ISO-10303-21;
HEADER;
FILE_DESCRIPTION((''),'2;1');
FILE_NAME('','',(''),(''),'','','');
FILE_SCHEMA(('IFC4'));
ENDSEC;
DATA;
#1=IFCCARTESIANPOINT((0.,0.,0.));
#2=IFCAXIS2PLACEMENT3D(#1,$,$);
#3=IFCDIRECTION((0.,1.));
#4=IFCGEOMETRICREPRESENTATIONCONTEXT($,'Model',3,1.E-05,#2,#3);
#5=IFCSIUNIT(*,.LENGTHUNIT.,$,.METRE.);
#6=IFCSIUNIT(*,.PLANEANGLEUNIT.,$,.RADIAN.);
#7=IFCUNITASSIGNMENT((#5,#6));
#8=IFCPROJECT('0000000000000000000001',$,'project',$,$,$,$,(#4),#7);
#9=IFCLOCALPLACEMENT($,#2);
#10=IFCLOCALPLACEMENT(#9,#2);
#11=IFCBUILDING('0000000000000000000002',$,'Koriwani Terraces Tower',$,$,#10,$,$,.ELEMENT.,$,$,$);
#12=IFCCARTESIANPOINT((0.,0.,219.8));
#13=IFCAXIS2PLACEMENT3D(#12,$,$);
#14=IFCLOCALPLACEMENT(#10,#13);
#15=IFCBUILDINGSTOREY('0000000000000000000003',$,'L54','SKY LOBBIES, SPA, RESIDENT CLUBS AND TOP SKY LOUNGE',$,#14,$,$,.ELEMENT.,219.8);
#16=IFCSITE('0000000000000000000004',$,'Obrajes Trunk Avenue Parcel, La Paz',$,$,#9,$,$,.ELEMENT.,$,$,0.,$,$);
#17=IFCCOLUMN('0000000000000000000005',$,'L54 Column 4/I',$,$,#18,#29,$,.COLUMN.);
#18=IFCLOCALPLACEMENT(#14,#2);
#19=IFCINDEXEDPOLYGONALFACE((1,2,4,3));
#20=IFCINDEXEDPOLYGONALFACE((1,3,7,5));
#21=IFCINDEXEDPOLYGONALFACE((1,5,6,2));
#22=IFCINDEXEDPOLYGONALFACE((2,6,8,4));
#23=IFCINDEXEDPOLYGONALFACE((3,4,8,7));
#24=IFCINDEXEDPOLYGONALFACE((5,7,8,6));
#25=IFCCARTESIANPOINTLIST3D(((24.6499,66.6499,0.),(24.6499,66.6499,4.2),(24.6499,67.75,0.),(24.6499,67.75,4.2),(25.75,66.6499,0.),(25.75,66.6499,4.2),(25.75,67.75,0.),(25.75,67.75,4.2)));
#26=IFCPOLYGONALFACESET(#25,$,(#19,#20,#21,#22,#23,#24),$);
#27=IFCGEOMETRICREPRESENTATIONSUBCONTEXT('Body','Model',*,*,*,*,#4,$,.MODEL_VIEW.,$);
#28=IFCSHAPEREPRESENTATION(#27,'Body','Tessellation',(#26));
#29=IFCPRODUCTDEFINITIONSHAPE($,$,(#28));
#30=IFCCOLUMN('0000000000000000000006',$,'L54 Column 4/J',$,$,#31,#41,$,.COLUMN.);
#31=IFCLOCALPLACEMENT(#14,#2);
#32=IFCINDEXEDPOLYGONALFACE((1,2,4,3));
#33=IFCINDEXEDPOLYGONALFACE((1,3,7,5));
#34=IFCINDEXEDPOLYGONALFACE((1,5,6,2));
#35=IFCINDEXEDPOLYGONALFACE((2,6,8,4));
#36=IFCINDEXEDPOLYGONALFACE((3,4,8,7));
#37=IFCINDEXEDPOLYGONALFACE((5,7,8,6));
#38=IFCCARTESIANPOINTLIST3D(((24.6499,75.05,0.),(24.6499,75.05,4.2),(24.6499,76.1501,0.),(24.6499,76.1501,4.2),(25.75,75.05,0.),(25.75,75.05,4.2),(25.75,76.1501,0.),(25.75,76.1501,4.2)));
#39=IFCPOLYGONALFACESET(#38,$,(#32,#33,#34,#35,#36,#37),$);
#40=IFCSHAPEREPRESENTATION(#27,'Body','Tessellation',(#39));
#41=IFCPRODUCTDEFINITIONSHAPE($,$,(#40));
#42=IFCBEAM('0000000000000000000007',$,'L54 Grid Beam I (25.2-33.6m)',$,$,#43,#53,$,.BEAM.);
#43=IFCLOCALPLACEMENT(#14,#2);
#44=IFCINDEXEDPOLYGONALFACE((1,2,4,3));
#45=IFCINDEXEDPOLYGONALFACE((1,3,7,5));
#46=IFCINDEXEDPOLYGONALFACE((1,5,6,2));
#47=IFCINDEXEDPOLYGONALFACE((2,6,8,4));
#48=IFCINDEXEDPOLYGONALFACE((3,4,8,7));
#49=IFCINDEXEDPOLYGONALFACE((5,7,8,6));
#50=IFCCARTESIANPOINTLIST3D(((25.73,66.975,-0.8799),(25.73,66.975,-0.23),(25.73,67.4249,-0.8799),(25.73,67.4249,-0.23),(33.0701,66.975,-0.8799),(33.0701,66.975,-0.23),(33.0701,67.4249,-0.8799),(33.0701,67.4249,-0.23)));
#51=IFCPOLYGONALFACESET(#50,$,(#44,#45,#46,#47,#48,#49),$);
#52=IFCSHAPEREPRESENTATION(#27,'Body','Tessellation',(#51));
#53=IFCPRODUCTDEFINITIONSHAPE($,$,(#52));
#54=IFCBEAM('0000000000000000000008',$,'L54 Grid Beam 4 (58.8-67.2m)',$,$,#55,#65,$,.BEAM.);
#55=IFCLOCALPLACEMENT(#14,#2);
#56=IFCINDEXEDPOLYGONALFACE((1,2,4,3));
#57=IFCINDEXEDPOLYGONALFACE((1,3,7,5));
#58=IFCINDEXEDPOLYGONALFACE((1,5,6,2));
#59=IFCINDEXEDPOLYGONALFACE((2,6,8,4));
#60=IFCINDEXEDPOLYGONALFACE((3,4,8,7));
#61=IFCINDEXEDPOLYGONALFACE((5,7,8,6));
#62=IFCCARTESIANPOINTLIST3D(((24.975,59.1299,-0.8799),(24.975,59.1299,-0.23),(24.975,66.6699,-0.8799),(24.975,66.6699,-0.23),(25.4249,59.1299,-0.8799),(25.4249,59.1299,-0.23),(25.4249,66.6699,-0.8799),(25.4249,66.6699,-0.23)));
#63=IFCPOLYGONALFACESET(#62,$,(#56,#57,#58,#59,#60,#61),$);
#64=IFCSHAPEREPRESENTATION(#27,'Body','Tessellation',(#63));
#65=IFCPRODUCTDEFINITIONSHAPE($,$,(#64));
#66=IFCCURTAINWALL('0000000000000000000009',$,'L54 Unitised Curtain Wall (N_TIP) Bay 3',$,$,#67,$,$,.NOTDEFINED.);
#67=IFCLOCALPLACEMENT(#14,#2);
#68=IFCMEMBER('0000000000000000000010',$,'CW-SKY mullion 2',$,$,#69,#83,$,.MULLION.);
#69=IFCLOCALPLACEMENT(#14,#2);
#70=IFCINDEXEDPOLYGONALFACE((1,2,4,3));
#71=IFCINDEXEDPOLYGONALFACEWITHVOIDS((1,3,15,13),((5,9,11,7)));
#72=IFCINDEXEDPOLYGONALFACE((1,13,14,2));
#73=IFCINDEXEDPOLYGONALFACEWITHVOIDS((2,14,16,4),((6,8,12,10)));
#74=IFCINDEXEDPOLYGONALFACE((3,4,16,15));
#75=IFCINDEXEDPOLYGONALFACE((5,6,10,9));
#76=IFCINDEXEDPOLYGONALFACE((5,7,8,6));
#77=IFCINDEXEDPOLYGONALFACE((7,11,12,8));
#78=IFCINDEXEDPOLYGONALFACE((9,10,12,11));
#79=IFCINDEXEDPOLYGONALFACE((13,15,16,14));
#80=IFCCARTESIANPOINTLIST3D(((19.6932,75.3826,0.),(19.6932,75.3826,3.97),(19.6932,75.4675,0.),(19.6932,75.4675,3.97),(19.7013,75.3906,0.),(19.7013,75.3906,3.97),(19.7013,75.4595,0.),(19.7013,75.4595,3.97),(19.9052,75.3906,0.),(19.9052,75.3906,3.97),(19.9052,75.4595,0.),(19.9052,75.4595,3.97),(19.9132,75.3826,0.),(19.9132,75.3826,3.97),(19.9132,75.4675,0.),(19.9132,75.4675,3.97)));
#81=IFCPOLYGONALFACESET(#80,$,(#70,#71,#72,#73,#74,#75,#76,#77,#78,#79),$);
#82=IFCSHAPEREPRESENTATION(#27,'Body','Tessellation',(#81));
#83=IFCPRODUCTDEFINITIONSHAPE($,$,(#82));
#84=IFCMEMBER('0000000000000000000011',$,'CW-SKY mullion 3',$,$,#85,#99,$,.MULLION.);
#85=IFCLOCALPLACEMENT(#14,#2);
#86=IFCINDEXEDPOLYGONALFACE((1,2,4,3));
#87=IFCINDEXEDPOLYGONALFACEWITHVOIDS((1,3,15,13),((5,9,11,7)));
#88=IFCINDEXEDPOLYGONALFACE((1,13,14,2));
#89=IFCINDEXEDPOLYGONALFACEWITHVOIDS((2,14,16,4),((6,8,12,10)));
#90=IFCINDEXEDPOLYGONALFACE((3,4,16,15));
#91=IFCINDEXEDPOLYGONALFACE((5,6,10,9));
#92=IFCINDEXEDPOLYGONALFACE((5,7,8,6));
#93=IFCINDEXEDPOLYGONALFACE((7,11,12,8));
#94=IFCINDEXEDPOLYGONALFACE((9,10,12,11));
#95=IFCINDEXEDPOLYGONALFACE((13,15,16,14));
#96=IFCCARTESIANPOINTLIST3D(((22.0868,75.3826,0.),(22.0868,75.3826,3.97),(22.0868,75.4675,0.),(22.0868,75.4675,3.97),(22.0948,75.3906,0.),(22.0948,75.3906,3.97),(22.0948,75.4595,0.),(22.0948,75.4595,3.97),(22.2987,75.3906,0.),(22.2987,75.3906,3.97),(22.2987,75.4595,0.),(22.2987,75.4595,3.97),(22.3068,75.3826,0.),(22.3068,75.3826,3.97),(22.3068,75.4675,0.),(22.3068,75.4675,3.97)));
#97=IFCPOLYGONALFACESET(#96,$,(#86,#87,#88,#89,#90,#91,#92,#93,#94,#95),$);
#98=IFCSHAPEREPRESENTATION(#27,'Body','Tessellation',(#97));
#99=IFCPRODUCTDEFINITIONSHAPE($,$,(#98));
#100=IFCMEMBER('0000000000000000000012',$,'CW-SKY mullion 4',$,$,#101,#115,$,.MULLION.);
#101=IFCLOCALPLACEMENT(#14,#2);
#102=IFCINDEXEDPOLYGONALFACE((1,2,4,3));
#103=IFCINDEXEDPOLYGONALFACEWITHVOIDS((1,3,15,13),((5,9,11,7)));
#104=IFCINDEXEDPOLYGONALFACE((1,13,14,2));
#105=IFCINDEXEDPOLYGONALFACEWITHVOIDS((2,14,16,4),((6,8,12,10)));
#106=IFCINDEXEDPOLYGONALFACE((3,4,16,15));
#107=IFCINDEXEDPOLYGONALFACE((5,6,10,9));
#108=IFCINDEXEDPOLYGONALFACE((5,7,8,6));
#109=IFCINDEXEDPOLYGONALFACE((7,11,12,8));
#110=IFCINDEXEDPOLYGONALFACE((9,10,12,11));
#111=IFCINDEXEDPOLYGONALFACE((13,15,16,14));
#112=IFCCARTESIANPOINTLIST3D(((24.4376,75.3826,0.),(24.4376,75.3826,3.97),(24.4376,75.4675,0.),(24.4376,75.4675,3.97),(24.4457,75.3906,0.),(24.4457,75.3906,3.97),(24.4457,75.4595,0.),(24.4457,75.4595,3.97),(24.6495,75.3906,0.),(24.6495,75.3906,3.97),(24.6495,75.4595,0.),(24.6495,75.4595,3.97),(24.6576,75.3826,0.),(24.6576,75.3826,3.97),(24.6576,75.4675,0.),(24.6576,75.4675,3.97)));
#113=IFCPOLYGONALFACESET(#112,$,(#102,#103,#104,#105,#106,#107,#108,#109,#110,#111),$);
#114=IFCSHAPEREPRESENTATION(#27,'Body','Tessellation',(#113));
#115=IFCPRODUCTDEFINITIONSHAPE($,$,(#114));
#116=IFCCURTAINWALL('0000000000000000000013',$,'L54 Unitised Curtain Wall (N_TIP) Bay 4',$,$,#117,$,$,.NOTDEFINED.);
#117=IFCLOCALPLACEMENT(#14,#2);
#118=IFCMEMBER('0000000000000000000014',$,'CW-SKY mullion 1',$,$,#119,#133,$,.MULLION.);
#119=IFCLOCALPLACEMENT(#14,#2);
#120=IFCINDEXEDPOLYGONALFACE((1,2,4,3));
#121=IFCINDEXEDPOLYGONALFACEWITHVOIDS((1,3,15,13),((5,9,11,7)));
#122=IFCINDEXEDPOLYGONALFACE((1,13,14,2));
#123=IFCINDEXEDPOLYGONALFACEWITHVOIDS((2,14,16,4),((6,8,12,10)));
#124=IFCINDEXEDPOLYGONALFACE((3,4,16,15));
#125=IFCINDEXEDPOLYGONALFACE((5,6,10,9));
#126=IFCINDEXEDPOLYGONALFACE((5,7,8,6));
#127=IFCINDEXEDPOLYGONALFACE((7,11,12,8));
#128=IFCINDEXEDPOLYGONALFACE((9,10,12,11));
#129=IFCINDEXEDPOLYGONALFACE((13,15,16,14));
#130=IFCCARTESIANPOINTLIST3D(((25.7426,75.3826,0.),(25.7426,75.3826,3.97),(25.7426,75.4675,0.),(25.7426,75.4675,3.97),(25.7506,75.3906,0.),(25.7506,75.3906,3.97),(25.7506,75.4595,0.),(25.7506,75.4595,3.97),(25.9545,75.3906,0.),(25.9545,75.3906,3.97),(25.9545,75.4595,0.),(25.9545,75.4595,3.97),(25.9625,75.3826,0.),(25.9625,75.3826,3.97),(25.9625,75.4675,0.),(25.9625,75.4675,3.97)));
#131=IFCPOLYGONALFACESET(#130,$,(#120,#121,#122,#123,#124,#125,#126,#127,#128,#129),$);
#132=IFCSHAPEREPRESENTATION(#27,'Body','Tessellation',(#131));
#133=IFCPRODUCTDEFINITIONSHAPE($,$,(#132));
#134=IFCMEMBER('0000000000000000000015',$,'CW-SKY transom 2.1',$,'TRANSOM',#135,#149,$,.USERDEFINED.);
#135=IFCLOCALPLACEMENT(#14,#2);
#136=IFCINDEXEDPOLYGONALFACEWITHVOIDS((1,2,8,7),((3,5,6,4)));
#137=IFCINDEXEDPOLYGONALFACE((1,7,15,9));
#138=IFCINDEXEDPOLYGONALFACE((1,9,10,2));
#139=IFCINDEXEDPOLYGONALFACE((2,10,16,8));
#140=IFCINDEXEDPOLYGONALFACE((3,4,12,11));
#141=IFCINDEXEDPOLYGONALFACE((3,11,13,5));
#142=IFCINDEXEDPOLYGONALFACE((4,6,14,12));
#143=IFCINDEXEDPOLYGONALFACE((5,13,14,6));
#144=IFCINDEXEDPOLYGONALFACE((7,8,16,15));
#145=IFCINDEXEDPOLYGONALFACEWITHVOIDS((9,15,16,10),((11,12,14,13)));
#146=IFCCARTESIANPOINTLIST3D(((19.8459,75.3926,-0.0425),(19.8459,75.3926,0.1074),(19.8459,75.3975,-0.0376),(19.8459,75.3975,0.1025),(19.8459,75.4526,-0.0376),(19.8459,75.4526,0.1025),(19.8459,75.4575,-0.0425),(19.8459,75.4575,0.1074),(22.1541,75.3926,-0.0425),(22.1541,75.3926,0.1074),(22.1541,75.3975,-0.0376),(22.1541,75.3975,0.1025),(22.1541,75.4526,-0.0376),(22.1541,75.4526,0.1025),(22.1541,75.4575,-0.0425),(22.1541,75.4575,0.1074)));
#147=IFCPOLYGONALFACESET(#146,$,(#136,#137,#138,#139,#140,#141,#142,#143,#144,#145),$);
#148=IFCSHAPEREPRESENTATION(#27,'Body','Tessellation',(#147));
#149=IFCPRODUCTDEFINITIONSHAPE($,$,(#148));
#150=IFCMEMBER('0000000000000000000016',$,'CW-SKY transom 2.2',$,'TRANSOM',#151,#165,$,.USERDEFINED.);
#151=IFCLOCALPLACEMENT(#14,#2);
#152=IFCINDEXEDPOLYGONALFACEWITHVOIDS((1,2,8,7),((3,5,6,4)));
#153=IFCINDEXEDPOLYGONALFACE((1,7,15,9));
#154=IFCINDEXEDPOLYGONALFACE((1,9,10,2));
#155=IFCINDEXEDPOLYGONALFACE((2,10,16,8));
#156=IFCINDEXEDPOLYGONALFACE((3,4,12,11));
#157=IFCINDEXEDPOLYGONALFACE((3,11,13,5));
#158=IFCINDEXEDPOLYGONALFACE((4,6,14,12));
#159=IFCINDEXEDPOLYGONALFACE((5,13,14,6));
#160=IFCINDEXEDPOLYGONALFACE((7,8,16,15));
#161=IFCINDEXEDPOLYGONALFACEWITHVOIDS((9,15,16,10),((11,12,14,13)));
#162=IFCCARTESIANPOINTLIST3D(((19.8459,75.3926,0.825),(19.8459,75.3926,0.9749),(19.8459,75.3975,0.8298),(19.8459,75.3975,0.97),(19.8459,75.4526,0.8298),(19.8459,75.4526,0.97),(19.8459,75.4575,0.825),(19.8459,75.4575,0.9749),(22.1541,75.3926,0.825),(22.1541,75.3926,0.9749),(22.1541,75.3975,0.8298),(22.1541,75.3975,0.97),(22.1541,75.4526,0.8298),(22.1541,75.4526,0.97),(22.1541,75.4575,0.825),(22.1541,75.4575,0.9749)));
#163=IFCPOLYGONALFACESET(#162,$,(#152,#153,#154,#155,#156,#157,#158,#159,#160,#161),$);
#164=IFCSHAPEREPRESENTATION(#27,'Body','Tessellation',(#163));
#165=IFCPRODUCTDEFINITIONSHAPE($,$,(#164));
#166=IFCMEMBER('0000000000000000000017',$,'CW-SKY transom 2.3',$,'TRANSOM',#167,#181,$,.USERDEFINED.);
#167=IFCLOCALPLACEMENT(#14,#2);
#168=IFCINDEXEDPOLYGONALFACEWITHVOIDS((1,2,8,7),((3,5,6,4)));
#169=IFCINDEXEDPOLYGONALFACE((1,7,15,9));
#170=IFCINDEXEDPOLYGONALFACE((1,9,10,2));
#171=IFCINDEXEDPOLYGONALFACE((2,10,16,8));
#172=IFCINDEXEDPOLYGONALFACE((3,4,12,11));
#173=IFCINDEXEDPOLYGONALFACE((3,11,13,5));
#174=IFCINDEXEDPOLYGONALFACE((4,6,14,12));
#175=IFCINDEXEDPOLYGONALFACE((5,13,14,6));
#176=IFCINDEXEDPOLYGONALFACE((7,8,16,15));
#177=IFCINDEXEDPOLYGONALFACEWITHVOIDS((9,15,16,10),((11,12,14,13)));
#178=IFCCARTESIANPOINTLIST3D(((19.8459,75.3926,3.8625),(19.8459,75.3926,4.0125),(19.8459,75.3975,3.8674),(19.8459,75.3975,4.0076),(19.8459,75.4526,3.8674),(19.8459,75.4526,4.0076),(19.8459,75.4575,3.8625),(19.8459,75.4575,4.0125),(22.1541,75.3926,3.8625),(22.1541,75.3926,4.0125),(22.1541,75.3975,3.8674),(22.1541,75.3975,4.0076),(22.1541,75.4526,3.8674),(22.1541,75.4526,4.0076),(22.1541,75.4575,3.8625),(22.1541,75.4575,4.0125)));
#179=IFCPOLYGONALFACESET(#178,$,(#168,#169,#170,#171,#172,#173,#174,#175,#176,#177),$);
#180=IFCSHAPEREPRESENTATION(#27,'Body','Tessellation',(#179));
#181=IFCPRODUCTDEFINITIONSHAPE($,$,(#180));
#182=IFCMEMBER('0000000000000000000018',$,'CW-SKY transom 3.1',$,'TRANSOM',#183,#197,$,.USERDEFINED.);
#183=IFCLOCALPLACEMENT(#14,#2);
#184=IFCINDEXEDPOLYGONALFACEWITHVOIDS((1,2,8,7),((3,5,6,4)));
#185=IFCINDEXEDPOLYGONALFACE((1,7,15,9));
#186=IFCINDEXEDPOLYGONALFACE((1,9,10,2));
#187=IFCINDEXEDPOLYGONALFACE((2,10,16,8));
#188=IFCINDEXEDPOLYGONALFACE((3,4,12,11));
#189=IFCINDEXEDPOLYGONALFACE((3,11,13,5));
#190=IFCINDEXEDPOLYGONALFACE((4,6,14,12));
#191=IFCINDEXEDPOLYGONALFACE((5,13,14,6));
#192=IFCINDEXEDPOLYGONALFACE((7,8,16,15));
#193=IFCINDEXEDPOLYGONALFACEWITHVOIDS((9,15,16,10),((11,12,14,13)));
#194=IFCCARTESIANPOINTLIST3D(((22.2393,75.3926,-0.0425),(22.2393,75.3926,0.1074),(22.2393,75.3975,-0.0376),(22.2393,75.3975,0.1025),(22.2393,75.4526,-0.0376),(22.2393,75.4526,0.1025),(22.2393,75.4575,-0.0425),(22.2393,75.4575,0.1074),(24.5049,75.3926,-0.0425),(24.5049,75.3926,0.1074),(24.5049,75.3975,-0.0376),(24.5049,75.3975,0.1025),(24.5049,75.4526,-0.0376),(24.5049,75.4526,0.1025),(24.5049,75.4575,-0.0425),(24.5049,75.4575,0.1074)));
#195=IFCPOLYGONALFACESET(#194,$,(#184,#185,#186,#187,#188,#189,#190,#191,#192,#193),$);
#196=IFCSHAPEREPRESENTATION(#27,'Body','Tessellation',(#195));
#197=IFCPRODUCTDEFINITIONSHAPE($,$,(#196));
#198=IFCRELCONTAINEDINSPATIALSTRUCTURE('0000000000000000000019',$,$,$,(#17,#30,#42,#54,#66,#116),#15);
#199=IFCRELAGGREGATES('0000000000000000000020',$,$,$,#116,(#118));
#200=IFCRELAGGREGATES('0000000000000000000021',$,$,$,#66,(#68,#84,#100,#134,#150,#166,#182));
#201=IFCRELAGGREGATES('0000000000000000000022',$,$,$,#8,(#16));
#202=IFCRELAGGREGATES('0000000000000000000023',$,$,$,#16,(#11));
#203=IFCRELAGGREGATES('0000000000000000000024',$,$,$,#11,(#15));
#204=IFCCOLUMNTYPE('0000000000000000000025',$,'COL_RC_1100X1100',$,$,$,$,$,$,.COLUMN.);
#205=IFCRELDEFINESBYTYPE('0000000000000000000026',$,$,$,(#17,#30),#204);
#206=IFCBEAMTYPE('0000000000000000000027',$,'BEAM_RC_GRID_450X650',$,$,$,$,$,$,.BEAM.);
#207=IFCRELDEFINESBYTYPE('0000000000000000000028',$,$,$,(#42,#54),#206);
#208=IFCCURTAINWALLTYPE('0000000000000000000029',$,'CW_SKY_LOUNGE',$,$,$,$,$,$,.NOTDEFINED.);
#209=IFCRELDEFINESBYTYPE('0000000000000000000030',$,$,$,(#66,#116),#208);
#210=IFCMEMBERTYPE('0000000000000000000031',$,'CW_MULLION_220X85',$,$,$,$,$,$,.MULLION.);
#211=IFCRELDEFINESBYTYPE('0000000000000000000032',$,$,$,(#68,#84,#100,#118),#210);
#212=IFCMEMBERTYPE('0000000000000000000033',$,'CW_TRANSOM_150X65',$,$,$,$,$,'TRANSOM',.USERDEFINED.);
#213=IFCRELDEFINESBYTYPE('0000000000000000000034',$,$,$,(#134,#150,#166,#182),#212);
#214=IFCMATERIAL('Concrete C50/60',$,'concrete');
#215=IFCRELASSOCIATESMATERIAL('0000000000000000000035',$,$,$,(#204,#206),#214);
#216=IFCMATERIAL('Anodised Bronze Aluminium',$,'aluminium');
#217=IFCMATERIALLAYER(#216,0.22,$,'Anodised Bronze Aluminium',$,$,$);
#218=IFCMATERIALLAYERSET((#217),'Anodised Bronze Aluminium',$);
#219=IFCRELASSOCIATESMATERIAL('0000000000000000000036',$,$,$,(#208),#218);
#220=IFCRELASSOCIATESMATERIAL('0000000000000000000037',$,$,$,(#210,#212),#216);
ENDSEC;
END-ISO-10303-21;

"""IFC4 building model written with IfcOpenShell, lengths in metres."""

from ifc_helpers import new_model, si_unit, direction, frame, origin, origin_2d, place, context, subcontext, project, spatial, rectangle, hollow_rectangle, extrude, material, layer, layer_set, material_profile, profile_set, type_object, element, aggregate, save


model = new_model("IFC4")

# Units and contexts
model_context = context("Model", 3, precision=1e-05, world=origin(), true_north=direction((0.0, 1.0)))
body_context = subcontext(model_context, "Body", "Model", "MODEL_VIEW")
ifc_project = project(units=[si_unit("LENGTHUNIT", "METRE"), si_unit("PLANEANGLEUNIT", "RADIAN")], contexts=[model_context])

# Site, building, storey
site_placement = place(None, origin())
site = spatial("IfcSite", under=ifc_project, at=site_placement, Name="Obrajes Trunk Avenue Parcel, La Paz", CompositionType="ELEMENT", RefElevation=0.0)
building_placement = place(site_placement, origin())
building = spatial("IfcBuilding", under=site, at=building_placement, Name="Koriwani Terraces Tower", CompositionType="ELEMENT")
storey_placement = place(building_placement, frame((0.0, 0.0, 219.8)))
storey = spatial("IfcBuildingStorey", under=building, at=storey_placement, Name="L54", Description="SKY LOBBIES, SPA, RESIDENT CLUBS AND TOP SKY LOUNGE", CompositionType="ELEMENT", Elevation=219.8)

# Columns
ifc_material_1 = material(Name="Concrete C50/60", Category="concrete")
ifc_material_profile_1 = material_profile(ifc_material_1, rectangle(XDim=1.1001, YDim=1.1001, at=origin_2d()), Name="Concrete C50/60", Category="LoadBearing")
ifc_profile_set_1 = profile_set([ifc_material_profile_1], Name="Concrete C50/60")
column_type = type_object("IfcColumnType", Name="COL_RC_1100X1100", PredefinedType="COLUMN", material=ifc_profile_set_1)
for number, where, z_axis, x_axis, name in (
    (1, (25.2, 67.2, 0.0), (0.0, 0.0, 1.0), (1.0, 0.0, 0.0), "L54 Column 4/I"),
    (2, (25.2, 75.6001, 0.0), (0.0, 0.0, 1.0), (1.0, 0.0, 0.0), "L54 Column 4/J"),
):
    element("IfcColumn", number, at=place(storey_placement, frame(where, z_axis=z_axis, x_axis=x_axis)), inside=storey, type_object=column_type, Name=name, PredefinedType="COLUMN", context=body_context, shape_type="SweptSolid", body=[
        extrude(rectangle(XDim=1.1001, YDim=1.1001, at=origin_2d()), origin(), (0.0, 0.0, 1.0), 4.2),
    ])

# Beams
ifc_material_profile_2 = material_profile(ifc_material_1, rectangle(XDim=0.45, YDim=0.6499, at=origin_2d()), Name="Concrete C50/60", Category="LoadBearing")
ifc_profile_set_2 = profile_set([ifc_material_profile_2], Name="Concrete C50/60")
beam_type_1 = type_object("IfcBeamType", Name="BEAM_RC_GRID_450X650", PredefinedType="BEAM", material=ifc_profile_set_2)
beam_1_placement = place(storey_placement, frame((25.73, 67.2, -0.5549), z_axis=(1.0, 0.0, 0.0), x_axis=(0.0, 1.0, 0.0)))
element("IfcBeam", 3, at=beam_1_placement, inside=storey, type_object=beam_type_1, Name="L54 Grid Beam I (25.2-33.6m)", PredefinedType="BEAM", context=body_context, shape_type="SweptSolid", body=[
    extrude(rectangle(XDim=0.45, YDim=0.6499, at=origin_2d()), origin(), (0.0, 0.0, 1.0), 7.3401),
])
beam_2_placement = place(storey_placement, frame((25.2, 59.1299, -0.5549), z_axis=(0.0, 1.0, 0.0), x_axis=(-1.0, 0.0, 0.0)))
element("IfcBeam", 4, at=beam_2_placement, inside=storey, type_object=beam_type_1, Name="L54 Grid Beam 4 (58.8-67.2m)", PredefinedType="BEAM", context=body_context, shape_type="SweptSolid", body=[
    extrude(rectangle(XDim=0.45, YDim=0.6499, at=origin_2d()), origin(), (0.0, 0.0, 1.0), 7.54),
])

# Curtain wall, members
ifc_material_2 = material(Name="Anodised Bronze Aluminium", Category="aluminium")
ifc_layer_1 = layer(ifc_material_2, 0.22, Name="Anodised Bronze Aluminium")
ifc_layer_set_1 = layer_set([ifc_layer_1], Name="Anodised Bronze Aluminium")
curtain_wall_type = type_object("IfcCurtainWallType", Name="CW_SKY_LOUNGE", PredefinedType="NOTDEFINED", material=ifc_layer_set_1)
curtain_wall_1_placement = place(storey_placement, origin())
curtain_wall_1 = element("IfcCurtainWall", 5, at=curtain_wall_1_placement, inside=storey, type_object=curtain_wall_type, Name="L54 Unitised Curtain Wall (N_TIP) Bay 3", PredefinedType="NOTDEFINED")
ifc_material_profile_3 = material_profile(ifc_material_2, hollow_rectangle(XDim=0.085, YDim=0.22, WallThickness=0.0081, at=origin_2d()), Name="Anodised Bronze Aluminium", Category="LoadBearing")
ifc_profile_set_3 = profile_set([ifc_material_profile_3], Name="Anodised Bronze Aluminium")
member_type_1 = type_object("IfcMemberType", Name="CW_MULLION_220X85", PredefinedType="MULLION", material=ifc_profile_set_3)
member_1_placement = place(storey_placement, frame((19.8032, 75.425, 0.0), z_axis=(0.0, 0.0, 1.0), x_axis=(0.0, 1.0, 0.0)))
member_1 = element("IfcMember", 6, at=member_1_placement, type_object=member_type_1, Name="CW-SKY mullion 2", PredefinedType="MULLION", context=body_context, shape_type="SweptSolid", body=[
    extrude(hollow_rectangle(XDim=0.085, YDim=0.22, WallThickness=0.0081, at=origin_2d()), origin(), (0.0, 0.0, 1.0), 3.97),
])
member_2_placement = place(storey_placement, frame((22.1968, 75.425, 0.0), z_axis=(0.0, 0.0, 1.0), x_axis=(0.0, 1.0, 0.0)))
member_2 = element("IfcMember", 7, at=member_2_placement, type_object=member_type_1, Name="CW-SKY mullion 3", PredefinedType="MULLION", context=body_context, shape_type="SweptSolid", body=[
    extrude(hollow_rectangle(XDim=0.085, YDim=0.22, WallThickness=0.0081, at=origin_2d()), origin(), (0.0, 0.0, 1.0), 3.97),
])
member_3_placement = place(storey_placement, frame((24.5476, 75.425, 0.0), z_axis=(0.0, 0.0, 1.0), x_axis=(0.0, 1.0, 0.0)))
member_3 = element("IfcMember", 8, at=member_3_placement, type_object=member_type_1, Name="CW-SKY mullion 4", PredefinedType="MULLION", context=body_context, shape_type="SweptSolid", body=[
    extrude(hollow_rectangle(XDim=0.085, YDim=0.22, WallThickness=0.0081, at=origin_2d()), origin(), (0.0, 0.0, 1.0), 3.97),
])

# Curtain wall, member
curtain_wall_2_placement = place(storey_placement, origin())
curtain_wall_2 = element("IfcCurtainWall", 9, at=curtain_wall_2_placement, inside=storey, type_object=curtain_wall_type, Name="L54 Unitised Curtain Wall (N_TIP) Bay 4", PredefinedType="NOTDEFINED")
member_4_placement = place(storey_placement, frame((25.8525, 75.425, 0.0), z_axis=(0.0, 0.0, 1.0), x_axis=(0.0, 1.0, 0.0)))
member_4 = element("IfcMember", 10, at=member_4_placement, type_object=member_type_1, Name="CW-SKY mullion 1", PredefinedType="MULLION", context=body_context, shape_type="SweptSolid", body=[
    extrude(hollow_rectangle(XDim=0.085, YDim=0.22, WallThickness=0.0081, at=origin_2d()), origin(), (0.0, 0.0, 1.0), 3.97),
])

# Members
ifc_material_profile_4 = material_profile(ifc_material_2, hollow_rectangle(XDim=0.0649, YDim=0.1499, WallThickness=0.0049, at=origin_2d()), Name="Anodised Bronze Aluminium", Category="LoadBearing")
ifc_profile_set_4 = profile_set([ifc_material_profile_4], Name="Anodised Bronze Aluminium")
member_type_2 = type_object("IfcMemberType", Name="CW_TRANSOM_150X65", ElementType="TRANSOM", PredefinedType="USERDEFINED", material=ifc_profile_set_4)
member_5_placement = place(storey_placement, frame((19.8459, 75.425, 0.0325), z_axis=(1.0, 0.0, 0.0), x_axis=(0.0, 1.0, 0.0)))
member_5 = element("IfcMember", 11, at=member_5_placement, type_object=member_type_2, Name="CW-SKY transom 2.1", ObjectType="TRANSOM", PredefinedType="USERDEFINED", context=body_context, shape_type="SweptSolid", body=[
    extrude(hollow_rectangle(XDim=0.0649, YDim=0.1499, WallThickness=0.0049, at=origin_2d()), origin(), (0.0, 0.0, 1.0), 2.3081),
])
member_6_placement = place(storey_placement, frame((19.8459, 75.425, 0.8999), z_axis=(1.0, 0.0, 0.0), x_axis=(0.0, 1.0, 0.0)))
member_6 = element("IfcMember", 12, at=member_6_placement, type_object=member_type_2, Name="CW-SKY transom 2.2", ObjectType="TRANSOM", PredefinedType="USERDEFINED", context=body_context, shape_type="SweptSolid", body=[
    extrude(hollow_rectangle(XDim=0.0649, YDim=0.1499, WallThickness=0.0049, at=origin_2d()), origin(), (0.0, 0.0, 1.0), 2.3081),
])
member_7_placement = place(storey_placement, frame((19.8459, 75.425, 3.9375), z_axis=(1.0, 0.0, 0.0), x_axis=(0.0, 1.0, 0.0)))
member_7 = element("IfcMember", 13, at=member_7_placement, type_object=member_type_2, Name="CW-SKY transom 2.3", ObjectType="TRANSOM", PredefinedType="USERDEFINED", context=body_context, shape_type="SweptSolid", body=[
    extrude(hollow_rectangle(XDim=0.0649, YDim=0.1499, WallThickness=0.0049, at=origin_2d()), origin(), (0.0, 0.0, 1.0), 2.3081),
])
member_8_placement = place(storey_placement, frame((22.2393, 75.425, 0.0325), z_axis=(1.0, 0.0, 0.0), x_axis=(0.0, 1.0, 0.0)))
member_8 = element("IfcMember", 14, at=member_8_placement, type_object=member_type_2, Name="CW-SKY transom 3.1", ObjectType="TRANSOM", PredefinedType="USERDEFINED", context=body_context, shape_type="SweptSolid", body=[
    extrude(hollow_rectangle(XDim=0.0649, YDim=0.1499, WallThickness=0.0049, at=origin_2d()), origin(), (0.0, 0.0, 1.0), 2.2656),
])
aggregate(curtain_wall_2, [member_4])

aggregate(curtain_wall_1, [member_1, member_2, member_3, member_5, member_6, member_7, member_8])

save(model, "model.ifc")
